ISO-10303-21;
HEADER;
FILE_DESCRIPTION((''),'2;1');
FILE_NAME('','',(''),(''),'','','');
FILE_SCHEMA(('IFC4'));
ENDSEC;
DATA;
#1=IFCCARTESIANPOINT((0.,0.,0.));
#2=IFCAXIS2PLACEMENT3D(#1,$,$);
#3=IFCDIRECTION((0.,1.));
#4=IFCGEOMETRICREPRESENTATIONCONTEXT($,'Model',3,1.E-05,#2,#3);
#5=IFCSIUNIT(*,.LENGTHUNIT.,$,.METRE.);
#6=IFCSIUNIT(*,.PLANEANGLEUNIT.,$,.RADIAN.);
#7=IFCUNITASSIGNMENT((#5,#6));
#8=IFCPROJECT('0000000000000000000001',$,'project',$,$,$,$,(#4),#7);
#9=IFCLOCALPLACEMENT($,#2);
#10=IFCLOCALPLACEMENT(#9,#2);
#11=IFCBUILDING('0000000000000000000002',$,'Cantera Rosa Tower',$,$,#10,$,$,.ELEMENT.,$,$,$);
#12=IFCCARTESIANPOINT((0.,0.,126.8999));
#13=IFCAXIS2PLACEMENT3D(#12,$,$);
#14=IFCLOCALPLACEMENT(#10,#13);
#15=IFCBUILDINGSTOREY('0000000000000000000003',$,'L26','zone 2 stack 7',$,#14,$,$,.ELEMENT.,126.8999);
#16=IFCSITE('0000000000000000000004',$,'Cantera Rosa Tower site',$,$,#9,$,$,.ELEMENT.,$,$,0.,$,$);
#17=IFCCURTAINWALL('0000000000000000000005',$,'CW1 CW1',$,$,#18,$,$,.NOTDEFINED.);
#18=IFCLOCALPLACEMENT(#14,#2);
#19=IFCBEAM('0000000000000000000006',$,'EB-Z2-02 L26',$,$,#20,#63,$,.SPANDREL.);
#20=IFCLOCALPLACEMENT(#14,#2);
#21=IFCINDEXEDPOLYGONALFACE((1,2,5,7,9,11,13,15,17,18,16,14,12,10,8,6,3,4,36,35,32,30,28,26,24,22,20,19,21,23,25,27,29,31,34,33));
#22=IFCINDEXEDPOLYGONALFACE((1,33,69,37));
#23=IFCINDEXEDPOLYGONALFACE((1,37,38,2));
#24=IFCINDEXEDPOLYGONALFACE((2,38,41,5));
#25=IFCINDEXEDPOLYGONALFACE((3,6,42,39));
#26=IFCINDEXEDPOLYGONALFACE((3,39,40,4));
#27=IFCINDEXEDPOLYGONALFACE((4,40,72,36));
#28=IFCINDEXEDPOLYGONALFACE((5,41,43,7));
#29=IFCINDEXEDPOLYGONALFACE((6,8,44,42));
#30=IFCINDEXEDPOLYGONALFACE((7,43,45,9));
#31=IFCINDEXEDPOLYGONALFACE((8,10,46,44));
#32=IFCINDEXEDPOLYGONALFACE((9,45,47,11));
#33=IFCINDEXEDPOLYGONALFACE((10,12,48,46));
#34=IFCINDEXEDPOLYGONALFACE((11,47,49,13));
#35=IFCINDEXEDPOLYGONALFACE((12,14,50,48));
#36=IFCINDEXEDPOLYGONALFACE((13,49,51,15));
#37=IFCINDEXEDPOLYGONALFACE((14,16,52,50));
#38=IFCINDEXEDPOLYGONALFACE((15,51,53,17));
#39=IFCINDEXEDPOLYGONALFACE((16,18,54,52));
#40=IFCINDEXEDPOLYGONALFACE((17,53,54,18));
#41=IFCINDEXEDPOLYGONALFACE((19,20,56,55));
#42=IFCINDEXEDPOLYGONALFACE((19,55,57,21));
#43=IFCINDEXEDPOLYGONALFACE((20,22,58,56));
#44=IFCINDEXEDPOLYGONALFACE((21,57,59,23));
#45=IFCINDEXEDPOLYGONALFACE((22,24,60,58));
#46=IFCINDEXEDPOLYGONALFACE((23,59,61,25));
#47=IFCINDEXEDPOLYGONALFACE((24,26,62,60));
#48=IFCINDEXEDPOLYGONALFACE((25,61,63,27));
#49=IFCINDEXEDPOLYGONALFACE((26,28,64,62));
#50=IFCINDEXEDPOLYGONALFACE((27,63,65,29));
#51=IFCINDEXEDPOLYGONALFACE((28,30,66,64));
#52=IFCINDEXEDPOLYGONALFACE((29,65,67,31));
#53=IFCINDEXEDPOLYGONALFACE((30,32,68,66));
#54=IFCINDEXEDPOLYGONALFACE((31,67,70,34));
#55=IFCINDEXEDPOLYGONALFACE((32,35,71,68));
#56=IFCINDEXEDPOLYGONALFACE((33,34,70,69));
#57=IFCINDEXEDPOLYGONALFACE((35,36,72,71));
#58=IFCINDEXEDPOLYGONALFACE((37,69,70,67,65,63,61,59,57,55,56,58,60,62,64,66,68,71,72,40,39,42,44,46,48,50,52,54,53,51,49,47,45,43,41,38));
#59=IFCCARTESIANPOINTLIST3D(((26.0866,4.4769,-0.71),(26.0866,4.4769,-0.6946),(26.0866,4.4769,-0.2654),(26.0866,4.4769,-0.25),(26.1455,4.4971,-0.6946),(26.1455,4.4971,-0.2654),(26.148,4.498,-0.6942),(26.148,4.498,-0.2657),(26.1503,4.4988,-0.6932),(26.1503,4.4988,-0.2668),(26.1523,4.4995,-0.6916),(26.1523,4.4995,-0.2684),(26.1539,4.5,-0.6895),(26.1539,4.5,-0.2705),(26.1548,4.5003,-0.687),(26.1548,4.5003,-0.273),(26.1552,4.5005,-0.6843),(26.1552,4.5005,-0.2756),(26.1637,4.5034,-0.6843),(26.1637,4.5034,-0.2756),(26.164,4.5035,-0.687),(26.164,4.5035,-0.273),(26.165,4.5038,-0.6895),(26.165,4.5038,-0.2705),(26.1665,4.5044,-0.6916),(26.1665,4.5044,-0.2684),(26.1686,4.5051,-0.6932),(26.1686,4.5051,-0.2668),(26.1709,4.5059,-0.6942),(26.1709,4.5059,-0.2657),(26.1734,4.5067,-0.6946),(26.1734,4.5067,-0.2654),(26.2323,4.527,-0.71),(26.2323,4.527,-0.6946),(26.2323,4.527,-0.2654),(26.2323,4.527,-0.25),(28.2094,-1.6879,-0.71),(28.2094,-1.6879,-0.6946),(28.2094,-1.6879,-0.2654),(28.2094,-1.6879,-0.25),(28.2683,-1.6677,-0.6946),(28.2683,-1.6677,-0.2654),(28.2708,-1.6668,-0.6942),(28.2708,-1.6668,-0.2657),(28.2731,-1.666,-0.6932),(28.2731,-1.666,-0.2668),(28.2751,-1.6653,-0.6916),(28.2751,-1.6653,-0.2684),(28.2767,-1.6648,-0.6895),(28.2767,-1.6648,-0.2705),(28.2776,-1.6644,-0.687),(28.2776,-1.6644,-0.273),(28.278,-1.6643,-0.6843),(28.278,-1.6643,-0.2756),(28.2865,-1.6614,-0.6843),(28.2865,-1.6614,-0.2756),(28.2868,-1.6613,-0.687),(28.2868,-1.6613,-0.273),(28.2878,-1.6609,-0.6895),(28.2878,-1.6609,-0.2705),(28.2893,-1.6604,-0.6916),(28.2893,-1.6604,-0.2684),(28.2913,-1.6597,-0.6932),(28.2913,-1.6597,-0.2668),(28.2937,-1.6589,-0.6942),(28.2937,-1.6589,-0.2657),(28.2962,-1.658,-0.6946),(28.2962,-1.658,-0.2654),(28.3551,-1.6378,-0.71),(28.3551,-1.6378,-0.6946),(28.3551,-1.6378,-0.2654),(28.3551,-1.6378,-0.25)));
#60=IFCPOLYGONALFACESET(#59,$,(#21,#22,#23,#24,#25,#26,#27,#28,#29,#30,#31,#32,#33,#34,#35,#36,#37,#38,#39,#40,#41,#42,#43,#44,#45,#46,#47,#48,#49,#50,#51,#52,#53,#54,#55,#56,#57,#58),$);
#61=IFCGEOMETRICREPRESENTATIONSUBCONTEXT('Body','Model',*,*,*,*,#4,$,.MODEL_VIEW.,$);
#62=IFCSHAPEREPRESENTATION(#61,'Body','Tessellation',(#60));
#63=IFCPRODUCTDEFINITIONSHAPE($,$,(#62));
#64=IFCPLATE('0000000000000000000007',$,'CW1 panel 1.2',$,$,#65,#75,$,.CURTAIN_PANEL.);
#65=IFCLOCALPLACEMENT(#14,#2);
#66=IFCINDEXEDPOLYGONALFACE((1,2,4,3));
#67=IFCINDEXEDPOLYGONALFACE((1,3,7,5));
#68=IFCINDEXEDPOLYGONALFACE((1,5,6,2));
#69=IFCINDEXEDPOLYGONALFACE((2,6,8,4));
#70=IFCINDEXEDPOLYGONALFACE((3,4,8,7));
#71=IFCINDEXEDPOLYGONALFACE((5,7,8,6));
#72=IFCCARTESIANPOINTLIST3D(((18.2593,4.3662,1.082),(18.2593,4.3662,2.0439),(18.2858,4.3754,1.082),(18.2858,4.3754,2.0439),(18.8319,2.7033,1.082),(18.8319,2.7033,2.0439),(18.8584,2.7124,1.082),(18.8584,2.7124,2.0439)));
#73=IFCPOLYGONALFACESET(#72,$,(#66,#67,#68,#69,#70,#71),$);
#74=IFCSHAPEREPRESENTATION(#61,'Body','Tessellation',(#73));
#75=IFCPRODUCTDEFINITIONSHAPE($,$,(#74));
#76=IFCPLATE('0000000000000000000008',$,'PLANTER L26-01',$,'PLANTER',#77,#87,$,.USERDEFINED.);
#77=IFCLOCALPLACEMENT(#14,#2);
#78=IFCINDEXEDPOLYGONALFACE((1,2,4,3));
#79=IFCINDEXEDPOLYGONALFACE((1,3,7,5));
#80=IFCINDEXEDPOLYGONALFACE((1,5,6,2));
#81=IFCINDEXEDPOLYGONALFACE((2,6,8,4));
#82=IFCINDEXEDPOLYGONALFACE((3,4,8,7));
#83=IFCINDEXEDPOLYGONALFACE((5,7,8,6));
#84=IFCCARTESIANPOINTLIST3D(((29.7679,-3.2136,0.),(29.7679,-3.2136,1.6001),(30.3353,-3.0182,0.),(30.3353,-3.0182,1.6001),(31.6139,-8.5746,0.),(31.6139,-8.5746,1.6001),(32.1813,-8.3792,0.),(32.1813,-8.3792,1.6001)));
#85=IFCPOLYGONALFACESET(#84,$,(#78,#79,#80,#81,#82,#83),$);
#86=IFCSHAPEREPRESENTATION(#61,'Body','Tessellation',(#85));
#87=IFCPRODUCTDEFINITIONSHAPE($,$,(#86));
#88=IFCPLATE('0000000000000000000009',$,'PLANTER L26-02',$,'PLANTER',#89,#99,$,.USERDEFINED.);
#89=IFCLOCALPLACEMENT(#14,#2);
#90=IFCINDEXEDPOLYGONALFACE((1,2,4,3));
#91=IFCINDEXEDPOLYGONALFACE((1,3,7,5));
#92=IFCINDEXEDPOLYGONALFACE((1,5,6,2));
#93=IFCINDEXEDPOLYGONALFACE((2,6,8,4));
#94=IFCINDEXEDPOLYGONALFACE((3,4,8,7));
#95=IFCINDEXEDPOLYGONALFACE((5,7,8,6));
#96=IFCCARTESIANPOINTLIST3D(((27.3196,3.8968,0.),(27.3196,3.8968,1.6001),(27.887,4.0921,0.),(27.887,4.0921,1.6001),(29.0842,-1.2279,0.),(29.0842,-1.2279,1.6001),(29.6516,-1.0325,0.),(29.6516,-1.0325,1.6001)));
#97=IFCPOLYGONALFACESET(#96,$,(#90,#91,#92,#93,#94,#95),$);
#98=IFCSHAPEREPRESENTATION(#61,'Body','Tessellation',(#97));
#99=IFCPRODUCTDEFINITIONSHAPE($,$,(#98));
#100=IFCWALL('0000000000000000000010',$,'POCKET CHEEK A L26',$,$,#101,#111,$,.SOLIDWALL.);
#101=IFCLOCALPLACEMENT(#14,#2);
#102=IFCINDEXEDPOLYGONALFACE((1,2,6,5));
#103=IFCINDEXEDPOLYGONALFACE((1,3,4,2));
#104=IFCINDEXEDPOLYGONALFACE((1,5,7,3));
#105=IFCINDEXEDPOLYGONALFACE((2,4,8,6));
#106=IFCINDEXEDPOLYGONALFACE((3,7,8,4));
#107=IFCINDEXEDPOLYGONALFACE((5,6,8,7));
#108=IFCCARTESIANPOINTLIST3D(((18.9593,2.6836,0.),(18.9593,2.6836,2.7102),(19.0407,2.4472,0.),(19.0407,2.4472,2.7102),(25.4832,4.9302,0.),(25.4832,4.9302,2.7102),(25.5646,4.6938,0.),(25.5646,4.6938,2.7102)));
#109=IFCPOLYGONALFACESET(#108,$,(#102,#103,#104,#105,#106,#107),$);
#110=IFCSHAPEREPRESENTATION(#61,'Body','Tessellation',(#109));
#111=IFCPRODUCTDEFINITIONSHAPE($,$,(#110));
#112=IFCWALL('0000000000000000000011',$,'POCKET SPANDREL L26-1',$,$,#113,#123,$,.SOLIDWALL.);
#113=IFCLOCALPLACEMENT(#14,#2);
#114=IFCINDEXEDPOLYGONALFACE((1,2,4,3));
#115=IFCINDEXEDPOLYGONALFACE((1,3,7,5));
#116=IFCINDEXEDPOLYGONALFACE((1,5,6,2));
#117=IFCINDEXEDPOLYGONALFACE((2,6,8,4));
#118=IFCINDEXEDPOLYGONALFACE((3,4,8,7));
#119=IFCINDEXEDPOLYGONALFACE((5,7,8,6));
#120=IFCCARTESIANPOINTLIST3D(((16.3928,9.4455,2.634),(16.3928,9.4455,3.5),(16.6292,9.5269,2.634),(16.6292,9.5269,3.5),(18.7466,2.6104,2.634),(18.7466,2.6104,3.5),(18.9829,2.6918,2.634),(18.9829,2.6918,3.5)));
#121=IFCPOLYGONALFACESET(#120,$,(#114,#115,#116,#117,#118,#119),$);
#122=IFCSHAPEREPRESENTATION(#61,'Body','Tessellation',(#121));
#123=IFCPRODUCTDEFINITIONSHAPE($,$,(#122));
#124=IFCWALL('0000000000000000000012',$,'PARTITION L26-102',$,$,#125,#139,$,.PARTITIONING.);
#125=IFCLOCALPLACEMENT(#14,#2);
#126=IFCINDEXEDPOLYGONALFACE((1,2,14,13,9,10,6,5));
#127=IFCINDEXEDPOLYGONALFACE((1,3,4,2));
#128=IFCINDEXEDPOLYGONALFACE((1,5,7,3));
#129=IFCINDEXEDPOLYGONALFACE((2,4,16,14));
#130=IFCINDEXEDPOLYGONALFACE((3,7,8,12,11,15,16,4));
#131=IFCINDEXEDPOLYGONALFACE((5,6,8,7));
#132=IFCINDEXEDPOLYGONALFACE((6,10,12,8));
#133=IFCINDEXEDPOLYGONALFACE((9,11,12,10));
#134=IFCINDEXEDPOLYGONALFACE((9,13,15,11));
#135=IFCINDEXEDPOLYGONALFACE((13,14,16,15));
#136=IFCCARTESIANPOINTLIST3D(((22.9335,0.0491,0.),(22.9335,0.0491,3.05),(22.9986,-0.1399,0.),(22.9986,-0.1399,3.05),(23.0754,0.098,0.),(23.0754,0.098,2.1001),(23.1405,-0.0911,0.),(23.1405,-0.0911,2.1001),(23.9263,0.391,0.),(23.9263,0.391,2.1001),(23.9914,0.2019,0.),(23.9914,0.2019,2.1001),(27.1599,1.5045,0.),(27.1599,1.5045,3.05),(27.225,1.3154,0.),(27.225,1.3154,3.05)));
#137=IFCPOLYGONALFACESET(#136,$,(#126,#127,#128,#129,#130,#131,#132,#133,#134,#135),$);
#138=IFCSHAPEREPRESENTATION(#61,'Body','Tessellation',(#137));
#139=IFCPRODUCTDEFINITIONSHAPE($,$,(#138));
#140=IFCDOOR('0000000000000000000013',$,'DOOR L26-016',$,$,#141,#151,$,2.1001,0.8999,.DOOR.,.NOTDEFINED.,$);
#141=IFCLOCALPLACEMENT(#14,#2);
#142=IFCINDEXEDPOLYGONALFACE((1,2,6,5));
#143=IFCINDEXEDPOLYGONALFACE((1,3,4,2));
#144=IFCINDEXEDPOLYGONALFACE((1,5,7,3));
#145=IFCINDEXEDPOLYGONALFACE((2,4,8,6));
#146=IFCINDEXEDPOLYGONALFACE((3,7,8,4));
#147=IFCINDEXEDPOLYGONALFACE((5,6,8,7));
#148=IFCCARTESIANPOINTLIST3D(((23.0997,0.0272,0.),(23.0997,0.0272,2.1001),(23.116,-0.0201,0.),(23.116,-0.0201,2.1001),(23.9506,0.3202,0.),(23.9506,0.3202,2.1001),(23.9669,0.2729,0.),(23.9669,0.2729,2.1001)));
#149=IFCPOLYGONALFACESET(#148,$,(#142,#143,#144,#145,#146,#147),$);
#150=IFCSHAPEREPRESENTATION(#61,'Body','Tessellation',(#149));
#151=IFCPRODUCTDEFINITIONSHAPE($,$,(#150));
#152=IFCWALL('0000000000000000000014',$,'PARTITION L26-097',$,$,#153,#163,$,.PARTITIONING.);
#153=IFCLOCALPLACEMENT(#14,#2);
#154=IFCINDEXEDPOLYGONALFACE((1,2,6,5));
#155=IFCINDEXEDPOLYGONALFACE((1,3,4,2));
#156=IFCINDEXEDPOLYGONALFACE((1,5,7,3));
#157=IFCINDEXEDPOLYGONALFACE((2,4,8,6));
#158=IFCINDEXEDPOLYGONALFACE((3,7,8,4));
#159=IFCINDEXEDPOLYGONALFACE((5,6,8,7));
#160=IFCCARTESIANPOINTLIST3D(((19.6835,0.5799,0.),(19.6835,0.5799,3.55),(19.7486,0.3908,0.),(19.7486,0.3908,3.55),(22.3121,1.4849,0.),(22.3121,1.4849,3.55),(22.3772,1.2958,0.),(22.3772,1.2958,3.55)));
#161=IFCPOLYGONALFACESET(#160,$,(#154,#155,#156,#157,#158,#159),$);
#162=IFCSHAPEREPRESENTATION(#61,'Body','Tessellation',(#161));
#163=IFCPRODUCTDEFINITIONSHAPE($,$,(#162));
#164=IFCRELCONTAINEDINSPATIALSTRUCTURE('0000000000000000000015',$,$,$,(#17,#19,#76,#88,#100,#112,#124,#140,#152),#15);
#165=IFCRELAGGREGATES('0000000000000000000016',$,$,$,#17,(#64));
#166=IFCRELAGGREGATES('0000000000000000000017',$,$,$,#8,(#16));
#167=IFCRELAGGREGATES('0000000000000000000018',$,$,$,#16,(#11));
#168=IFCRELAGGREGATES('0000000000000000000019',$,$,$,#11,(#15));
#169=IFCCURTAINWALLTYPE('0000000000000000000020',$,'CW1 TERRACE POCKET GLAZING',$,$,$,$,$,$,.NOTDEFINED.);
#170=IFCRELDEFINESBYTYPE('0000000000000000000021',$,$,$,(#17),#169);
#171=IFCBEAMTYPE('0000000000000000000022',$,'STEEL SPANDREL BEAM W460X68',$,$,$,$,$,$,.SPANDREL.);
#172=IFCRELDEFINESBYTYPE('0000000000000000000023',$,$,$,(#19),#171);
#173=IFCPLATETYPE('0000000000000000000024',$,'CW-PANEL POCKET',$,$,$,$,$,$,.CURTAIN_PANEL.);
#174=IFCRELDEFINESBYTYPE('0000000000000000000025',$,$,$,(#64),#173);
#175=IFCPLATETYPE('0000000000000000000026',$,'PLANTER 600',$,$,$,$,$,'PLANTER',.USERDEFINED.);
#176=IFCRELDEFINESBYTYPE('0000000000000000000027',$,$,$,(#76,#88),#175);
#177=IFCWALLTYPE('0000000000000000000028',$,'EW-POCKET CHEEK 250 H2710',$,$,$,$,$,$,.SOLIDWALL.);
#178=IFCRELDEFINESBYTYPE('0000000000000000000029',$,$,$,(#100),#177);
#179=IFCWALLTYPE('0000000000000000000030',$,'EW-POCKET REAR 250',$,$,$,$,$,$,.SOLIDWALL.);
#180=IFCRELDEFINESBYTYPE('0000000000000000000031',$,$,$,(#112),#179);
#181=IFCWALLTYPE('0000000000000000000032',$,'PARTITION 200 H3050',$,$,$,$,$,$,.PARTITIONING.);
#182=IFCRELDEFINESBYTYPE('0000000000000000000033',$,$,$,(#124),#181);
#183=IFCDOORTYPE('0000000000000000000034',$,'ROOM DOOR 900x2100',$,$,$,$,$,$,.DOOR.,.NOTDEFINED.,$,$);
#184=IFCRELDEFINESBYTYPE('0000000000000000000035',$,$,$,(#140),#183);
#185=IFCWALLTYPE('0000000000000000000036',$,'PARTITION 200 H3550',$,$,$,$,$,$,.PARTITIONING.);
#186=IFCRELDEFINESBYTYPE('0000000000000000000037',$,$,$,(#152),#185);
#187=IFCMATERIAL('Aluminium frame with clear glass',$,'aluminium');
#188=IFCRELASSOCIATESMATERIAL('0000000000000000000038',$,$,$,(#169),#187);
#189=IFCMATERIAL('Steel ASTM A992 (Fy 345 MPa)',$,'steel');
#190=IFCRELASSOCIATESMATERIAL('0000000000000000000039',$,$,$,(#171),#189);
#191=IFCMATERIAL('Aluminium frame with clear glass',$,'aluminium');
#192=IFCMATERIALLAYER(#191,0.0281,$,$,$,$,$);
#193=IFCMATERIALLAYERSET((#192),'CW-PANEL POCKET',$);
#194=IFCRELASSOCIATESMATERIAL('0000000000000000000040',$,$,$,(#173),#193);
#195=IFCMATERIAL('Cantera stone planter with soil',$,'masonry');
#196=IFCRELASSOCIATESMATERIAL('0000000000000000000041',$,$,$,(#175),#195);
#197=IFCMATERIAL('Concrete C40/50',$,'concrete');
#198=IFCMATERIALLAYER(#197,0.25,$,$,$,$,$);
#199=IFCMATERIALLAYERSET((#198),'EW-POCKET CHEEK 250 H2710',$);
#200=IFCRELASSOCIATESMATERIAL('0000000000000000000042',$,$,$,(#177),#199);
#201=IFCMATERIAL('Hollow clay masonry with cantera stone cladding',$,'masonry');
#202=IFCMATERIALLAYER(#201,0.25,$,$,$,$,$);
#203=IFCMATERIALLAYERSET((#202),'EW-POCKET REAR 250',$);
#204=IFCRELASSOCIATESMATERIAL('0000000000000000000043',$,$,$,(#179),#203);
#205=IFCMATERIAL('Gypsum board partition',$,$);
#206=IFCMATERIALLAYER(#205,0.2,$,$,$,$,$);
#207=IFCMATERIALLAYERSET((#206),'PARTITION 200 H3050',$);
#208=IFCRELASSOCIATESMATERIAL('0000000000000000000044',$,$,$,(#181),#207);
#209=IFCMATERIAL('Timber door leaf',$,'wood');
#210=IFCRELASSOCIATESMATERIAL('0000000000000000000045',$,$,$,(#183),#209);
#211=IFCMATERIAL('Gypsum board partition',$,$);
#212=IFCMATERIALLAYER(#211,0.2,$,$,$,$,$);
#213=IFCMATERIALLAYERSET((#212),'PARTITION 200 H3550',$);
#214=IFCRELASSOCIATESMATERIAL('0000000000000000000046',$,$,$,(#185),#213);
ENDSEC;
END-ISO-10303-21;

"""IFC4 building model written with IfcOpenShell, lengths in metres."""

from ifc_helpers import new_model, si_unit, direction, frame, frame_2d, origin, origin_2d, place, context, subcontext, project, spatial, rectangle, i_section, extrude, material, layer, layer_set, material_profile, profile_set, type_object, element, fill, aggregate, save


model = new_model("IFC4")

# Units and contexts
model_context = context("Model", 3, precision=1e-05, world=origin(), true_north=direction((0.0, 1.0)))
body_context = subcontext(model_context, "Body", "Model", "MODEL_VIEW")
ifc_project = project(units=[si_unit("LENGTHUNIT", "METRE"), si_unit("PLANEANGLEUNIT", "RADIAN")], contexts=[model_context])

# Site, building, storey
site_placement = place(None, origin())
site = spatial("IfcSite", under=ifc_project, at=site_placement, Name="Cantera Rosa Tower site", CompositionType="ELEMENT", RefElevation=0.0)
building_placement = place(site_placement, origin())
building = spatial("IfcBuilding", under=site, at=building_placement, Name="Cantera Rosa Tower", CompositionType="ELEMENT")
storey_placement = place(building_placement, frame((0.0, 0.0, 126.8999)))
storey = spatial("IfcBuildingStorey", under=building, at=storey_placement, Name="L26", Description="zone 2 stack 7", CompositionType="ELEMENT", Elevation=126.8999)

# Curtain wall
ifc_material_1 = material(Name="Aluminium frame with clear glass", Category="aluminium")
curtain_wall_type = type_object("IfcCurtainWallType", Name="CW1 TERRACE POCKET GLAZING", PredefinedType="NOTDEFINED", material=ifc_material_1)
curtain_wall_placement = place(storey_placement, origin())
curtain_wall = element("IfcCurtainWall", 1, at=curtain_wall_placement, inside=storey, type_object=curtain_wall_type, Name="CW1 CW1", PredefinedType="NOTDEFINED")

# Beam
ifc_material_2 = material(Name="Steel ASTM A992 (Fy 345 MPa)", Category="steel")
ifc_material_profile_1 = material_profile(ifc_material_2, i_section(OverallWidth=0.1541, OverallDepth=0.46, WebThickness=0.009, FlangeThickness=0.0154, FilletRadius=0.0103, at=origin_2d()), Name="W460X68")
ifc_profile_set_1 = profile_set([ifc_material_profile_1], Name="Steel ASTM A992 (Fy 345 MPa)")
beam_type_1 = type_object("IfcBeamType", Name="STEEL SPANDREL BEAM W460X68", PredefinedType="SPANDREL", material=ifc_profile_set_1)
beam_1_placement = place(storey_placement, frame((28.2822, -1.6628, -0.48), z_axis=(-0.325581, 0.945514, 0.0), x_axis=(-0.945514, -0.325581, 0.0)))
element("IfcBeam", 2, at=beam_1_placement, inside=storey, type_object=beam_type_1, Name="EB-Z2-02 L26", PredefinedType="SPANDREL", context=body_context, shape_type="SweptSolid", body=[
    extrude(i_section(OverallWidth=0.1541, OverallDepth=0.46, WebThickness=0.009, FlangeThickness=0.0154, FilletRadius=0.0103, at=origin_2d()), origin(), (0.0, 0.0, 1.0), 6.52),
])

# Plate
ifc_material_3 = material(Name="Aluminium frame with clear glass", Category="aluminium")
ifc_layer_1 = layer(ifc_material_3, 0.0281)
ifc_layer_set_1 = layer_set([ifc_layer_1], Name="CW-PANEL POCKET")
plate_type_1 = type_object("IfcPlateType", Name="CW-PANEL POCKET", PredefinedType="CURTAIN_PANEL", material=ifc_layer_set_1)
plate_1_placement = place(storey_placement, frame((18.5588, 3.5393, 1.082), z_axis=(0.0, 0.0, 1.0), x_axis=(-0.325568, 0.945519, 0.0)))
plate_1 = element("IfcPlate", 3, at=plate_1_placement, type_object=plate_type_1, Name="CW1 panel 1.2", PredefinedType="CURTAIN_PANEL", context=body_context, shape_type="SweptSolid", body=[
    extrude(rectangle(XDim=1.7588, YDim=0.0281, at=origin_2d()), origin(), (0.0, 0.0, 1.0), 0.9619),
])
aggregate(curtain_wall, [plate_1])

# Plates
ifc_material_4 = material(Name="Cantera stone planter with soil", Category="masonry")
plate_type_2 = type_object("IfcPlateType", Name="PLANTER 600", ElementType="PLANTER", PredefinedType="USERDEFINED", material=ifc_material_4)
plate_2_placement = place(storey_placement, frame((30.9746, -5.7964, 0.0), z_axis=(0.0, 0.0, 1.0), x_axis=(-0.325568, 0.945519, 0.0)))
element("IfcPlate", 4, at=plate_2_placement, inside=storey, type_object=plate_type_2, Name="PLANTER L26-01", ObjectType="PLANTER", PredefinedType="USERDEFINED", context=body_context, shape_type="SweptSolid", body=[
    extrude(rectangle(XDim=5.6699, YDim=0.6001, at=origin_2d()), origin(), (0.0, 0.0, 1.0), 1.6001),
])
plate_3_placement = place(storey_placement, frame((28.4856, 1.4321, 0.0), z_axis=(0.0, 0.0, 1.0), x_axis=(-0.325568, 0.945519, 0.0)))
element("IfcPlate", 5, at=plate_3_placement, inside=storey, type_object=plate_type_2, Name="PLANTER L26-02", ObjectType="PLANTER", PredefinedType="USERDEFINED", context=body_context, shape_type="SweptSolid", body=[
    extrude(rectangle(XDim=5.4199, YDim=0.6001, at=origin_2d()), origin(), (0.0, 0.0, 1.0), 1.6001),
])

# Walls
ifc_material_5 = material(Name="Concrete C40/50", Category="concrete")
ifc_layer_2 = layer(ifc_material_5, 0.25)
ifc_layer_set_2 = layer_set([ifc_layer_2], Name="EW-POCKET CHEEK 250 H2710")
wall_type_1 = type_object("IfcWallType", Name="EW-POCKET CHEEK 250 H2710", PredefinedType="SOLIDWALL", material=ifc_layer_set_2)
wall_1_placement = place(storey_placement, frame((25.5239, 4.812, 0.0), z_axis=(0.0, 0.0, 1.0), x_axis=(-0.945509, -0.325596, 0.0)))
element("IfcWall", 6, at=wall_1_placement, inside=storey, type_object=wall_type_1, Name="POCKET CHEEK A L26", PredefinedType="SOLIDWALL", context=body_context, shape_type="SweptSolid", body=[
    extrude(rectangle(XDim=6.8999, YDim=0.25, at=frame_2d((3.45, 0.0))), origin(), (0.0, 0.0, 1.0), 2.7102),
])
ifc_material_6 = material(Name="Hollow clay masonry with cantera stone cladding", Category="masonry")
ifc_layer_3 = layer(ifc_material_6, 0.25)
ifc_layer_set_3 = layer_set([ifc_layer_3], Name="EW-POCKET REAR 250")
wall_type_2 = type_object("IfcWallType", Name="EW-POCKET REAR 250", PredefinedType="SOLIDWALL", material=ifc_layer_set_3)
wall_2_placement = place(storey_placement, frame((18.8647, 2.6511, 2.634), z_axis=(0.0, 0.0, 1.0), x_axis=(-0.325594, 0.94551, 0.0)))
element("IfcWall", 7, at=wall_2_placement, inside=storey, type_object=wall_type_2, Name="POCKET SPANDREL L26-1", PredefinedType="SOLIDWALL", context=body_context, shape_type="SweptSolid", body=[
    extrude(rectangle(XDim=7.229, YDim=0.25, at=frame_2d((3.6145, 0.0))), origin(), (0.0, 0.0, 1.0), 0.866),
])

# Wall, opening, door
ifc_material_7 = material(Name="Gypsum board partition")
ifc_layer_4 = layer(ifc_material_7, 0.2)
ifc_layer_set_4 = layer_set([ifc_layer_4], Name="PARTITION 200 H3050")
wall_type_3 = type_object("IfcWallType", Name="PARTITION 200 H3050", PredefinedType="PARTITIONING", material=ifc_layer_set_4)
wall_3_placement = place(storey_placement, frame((27.1924, 1.4099, 0.0), z_axis=(0.0, 0.0, 1.0), x_axis=(-0.945513, -0.325585, 0.0)))
wall_3 = element("IfcWall", 8, at=wall_3_placement, inside=storey, type_object=wall_type_3, Name="PARTITION L26-102", PredefinedType="PARTITIONING", context=body_context, shape_type="SweptSolid", body=[
    extrude(rectangle(XDim=4.47, YDim=0.2, at=frame_2d((2.2349, 0.0))), origin(), (0.0, 0.0, 1.0), 3.05),
])
opening_1_placement = place(wall_3_placement, frame((3.4199, 0.0, 0.0)))
opening_1 = element("IfcOpeningElement", 9, at=opening_1_placement, cuts=wall_3, PredefinedType="OPENING", context=body_context, shape_type="SweptSolid", body=[
    extrude(rectangle(XDim=0.8999, YDim=2.1001, at=frame_2d((0.45, 1.05))), frame((0.0, 0.1099, 0.0), z_axis=(0.0, -1.0, 0.0), x_axis=(1.0, 0.0, 0.0)), (0.0, 0.0, 1.0), 0.22),
])
ifc_material_8 = material(Name="Timber door leaf", Category="wood")
door_type_1 = type_object("IfcDoorType", Name="ROOM DOOR 900x2100", OperationType="NOTDEFINED", PredefinedType="DOOR", material=ifc_material_8)
door_1_placement = place(opening_1_placement, origin())
door_1 = element("IfcDoor", 10, at=door_1_placement, inside=storey, type_object=door_type_1, Name="DOOR L26-016", OperationType="NOTDEFINED", OverallHeight=2.1001, OverallWidth=0.8999, PredefinedType="DOOR", context=body_context, shape_type="SweptSolid", body=[
    extrude(rectangle(XDim=0.8999, YDim=2.1001, at=frame_2d((0.45, 1.05))), frame((0.0, 0.0249, 0.0), z_axis=(0.0, -1.0, 0.0), x_axis=(1.0, 0.0, 0.0)), (0.0, 0.0, 1.0), 0.05),
])
fill(opening_1, door_1)

# Wall
ifc_material_9 = material(Name="Gypsum board partition")
ifc_layer_5 = layer(ifc_material_9, 0.2)
ifc_layer_set_5 = layer_set([ifc_layer_5], Name="PARTITION 200 H3550")
wall_type_4 = type_object("IfcWallType", Name="PARTITION 200 H3550", PredefinedType="PARTITIONING", material=ifc_layer_set_5)
wall_4_placement = place(storey_placement, frame((22.3447, 1.3904, 0.0), z_axis=(0.0, 0.0, 1.0), x_axis=(-0.945529, -0.325539, 0.0)))
element("IfcWall", 11, at=wall_4_placement, inside=storey, type_object=wall_type_4, Name="PARTITION L26-097", PredefinedType="PARTITIONING", context=body_context, shape_type="SweptSolid", body=[
    extrude(rectangle(XDim=2.78, YDim=0.2, at=frame_2d((1.3901, 0.0))), origin(), (0.0, 0.0, 1.0), 3.55),
])

save(model, "model.ifc")
